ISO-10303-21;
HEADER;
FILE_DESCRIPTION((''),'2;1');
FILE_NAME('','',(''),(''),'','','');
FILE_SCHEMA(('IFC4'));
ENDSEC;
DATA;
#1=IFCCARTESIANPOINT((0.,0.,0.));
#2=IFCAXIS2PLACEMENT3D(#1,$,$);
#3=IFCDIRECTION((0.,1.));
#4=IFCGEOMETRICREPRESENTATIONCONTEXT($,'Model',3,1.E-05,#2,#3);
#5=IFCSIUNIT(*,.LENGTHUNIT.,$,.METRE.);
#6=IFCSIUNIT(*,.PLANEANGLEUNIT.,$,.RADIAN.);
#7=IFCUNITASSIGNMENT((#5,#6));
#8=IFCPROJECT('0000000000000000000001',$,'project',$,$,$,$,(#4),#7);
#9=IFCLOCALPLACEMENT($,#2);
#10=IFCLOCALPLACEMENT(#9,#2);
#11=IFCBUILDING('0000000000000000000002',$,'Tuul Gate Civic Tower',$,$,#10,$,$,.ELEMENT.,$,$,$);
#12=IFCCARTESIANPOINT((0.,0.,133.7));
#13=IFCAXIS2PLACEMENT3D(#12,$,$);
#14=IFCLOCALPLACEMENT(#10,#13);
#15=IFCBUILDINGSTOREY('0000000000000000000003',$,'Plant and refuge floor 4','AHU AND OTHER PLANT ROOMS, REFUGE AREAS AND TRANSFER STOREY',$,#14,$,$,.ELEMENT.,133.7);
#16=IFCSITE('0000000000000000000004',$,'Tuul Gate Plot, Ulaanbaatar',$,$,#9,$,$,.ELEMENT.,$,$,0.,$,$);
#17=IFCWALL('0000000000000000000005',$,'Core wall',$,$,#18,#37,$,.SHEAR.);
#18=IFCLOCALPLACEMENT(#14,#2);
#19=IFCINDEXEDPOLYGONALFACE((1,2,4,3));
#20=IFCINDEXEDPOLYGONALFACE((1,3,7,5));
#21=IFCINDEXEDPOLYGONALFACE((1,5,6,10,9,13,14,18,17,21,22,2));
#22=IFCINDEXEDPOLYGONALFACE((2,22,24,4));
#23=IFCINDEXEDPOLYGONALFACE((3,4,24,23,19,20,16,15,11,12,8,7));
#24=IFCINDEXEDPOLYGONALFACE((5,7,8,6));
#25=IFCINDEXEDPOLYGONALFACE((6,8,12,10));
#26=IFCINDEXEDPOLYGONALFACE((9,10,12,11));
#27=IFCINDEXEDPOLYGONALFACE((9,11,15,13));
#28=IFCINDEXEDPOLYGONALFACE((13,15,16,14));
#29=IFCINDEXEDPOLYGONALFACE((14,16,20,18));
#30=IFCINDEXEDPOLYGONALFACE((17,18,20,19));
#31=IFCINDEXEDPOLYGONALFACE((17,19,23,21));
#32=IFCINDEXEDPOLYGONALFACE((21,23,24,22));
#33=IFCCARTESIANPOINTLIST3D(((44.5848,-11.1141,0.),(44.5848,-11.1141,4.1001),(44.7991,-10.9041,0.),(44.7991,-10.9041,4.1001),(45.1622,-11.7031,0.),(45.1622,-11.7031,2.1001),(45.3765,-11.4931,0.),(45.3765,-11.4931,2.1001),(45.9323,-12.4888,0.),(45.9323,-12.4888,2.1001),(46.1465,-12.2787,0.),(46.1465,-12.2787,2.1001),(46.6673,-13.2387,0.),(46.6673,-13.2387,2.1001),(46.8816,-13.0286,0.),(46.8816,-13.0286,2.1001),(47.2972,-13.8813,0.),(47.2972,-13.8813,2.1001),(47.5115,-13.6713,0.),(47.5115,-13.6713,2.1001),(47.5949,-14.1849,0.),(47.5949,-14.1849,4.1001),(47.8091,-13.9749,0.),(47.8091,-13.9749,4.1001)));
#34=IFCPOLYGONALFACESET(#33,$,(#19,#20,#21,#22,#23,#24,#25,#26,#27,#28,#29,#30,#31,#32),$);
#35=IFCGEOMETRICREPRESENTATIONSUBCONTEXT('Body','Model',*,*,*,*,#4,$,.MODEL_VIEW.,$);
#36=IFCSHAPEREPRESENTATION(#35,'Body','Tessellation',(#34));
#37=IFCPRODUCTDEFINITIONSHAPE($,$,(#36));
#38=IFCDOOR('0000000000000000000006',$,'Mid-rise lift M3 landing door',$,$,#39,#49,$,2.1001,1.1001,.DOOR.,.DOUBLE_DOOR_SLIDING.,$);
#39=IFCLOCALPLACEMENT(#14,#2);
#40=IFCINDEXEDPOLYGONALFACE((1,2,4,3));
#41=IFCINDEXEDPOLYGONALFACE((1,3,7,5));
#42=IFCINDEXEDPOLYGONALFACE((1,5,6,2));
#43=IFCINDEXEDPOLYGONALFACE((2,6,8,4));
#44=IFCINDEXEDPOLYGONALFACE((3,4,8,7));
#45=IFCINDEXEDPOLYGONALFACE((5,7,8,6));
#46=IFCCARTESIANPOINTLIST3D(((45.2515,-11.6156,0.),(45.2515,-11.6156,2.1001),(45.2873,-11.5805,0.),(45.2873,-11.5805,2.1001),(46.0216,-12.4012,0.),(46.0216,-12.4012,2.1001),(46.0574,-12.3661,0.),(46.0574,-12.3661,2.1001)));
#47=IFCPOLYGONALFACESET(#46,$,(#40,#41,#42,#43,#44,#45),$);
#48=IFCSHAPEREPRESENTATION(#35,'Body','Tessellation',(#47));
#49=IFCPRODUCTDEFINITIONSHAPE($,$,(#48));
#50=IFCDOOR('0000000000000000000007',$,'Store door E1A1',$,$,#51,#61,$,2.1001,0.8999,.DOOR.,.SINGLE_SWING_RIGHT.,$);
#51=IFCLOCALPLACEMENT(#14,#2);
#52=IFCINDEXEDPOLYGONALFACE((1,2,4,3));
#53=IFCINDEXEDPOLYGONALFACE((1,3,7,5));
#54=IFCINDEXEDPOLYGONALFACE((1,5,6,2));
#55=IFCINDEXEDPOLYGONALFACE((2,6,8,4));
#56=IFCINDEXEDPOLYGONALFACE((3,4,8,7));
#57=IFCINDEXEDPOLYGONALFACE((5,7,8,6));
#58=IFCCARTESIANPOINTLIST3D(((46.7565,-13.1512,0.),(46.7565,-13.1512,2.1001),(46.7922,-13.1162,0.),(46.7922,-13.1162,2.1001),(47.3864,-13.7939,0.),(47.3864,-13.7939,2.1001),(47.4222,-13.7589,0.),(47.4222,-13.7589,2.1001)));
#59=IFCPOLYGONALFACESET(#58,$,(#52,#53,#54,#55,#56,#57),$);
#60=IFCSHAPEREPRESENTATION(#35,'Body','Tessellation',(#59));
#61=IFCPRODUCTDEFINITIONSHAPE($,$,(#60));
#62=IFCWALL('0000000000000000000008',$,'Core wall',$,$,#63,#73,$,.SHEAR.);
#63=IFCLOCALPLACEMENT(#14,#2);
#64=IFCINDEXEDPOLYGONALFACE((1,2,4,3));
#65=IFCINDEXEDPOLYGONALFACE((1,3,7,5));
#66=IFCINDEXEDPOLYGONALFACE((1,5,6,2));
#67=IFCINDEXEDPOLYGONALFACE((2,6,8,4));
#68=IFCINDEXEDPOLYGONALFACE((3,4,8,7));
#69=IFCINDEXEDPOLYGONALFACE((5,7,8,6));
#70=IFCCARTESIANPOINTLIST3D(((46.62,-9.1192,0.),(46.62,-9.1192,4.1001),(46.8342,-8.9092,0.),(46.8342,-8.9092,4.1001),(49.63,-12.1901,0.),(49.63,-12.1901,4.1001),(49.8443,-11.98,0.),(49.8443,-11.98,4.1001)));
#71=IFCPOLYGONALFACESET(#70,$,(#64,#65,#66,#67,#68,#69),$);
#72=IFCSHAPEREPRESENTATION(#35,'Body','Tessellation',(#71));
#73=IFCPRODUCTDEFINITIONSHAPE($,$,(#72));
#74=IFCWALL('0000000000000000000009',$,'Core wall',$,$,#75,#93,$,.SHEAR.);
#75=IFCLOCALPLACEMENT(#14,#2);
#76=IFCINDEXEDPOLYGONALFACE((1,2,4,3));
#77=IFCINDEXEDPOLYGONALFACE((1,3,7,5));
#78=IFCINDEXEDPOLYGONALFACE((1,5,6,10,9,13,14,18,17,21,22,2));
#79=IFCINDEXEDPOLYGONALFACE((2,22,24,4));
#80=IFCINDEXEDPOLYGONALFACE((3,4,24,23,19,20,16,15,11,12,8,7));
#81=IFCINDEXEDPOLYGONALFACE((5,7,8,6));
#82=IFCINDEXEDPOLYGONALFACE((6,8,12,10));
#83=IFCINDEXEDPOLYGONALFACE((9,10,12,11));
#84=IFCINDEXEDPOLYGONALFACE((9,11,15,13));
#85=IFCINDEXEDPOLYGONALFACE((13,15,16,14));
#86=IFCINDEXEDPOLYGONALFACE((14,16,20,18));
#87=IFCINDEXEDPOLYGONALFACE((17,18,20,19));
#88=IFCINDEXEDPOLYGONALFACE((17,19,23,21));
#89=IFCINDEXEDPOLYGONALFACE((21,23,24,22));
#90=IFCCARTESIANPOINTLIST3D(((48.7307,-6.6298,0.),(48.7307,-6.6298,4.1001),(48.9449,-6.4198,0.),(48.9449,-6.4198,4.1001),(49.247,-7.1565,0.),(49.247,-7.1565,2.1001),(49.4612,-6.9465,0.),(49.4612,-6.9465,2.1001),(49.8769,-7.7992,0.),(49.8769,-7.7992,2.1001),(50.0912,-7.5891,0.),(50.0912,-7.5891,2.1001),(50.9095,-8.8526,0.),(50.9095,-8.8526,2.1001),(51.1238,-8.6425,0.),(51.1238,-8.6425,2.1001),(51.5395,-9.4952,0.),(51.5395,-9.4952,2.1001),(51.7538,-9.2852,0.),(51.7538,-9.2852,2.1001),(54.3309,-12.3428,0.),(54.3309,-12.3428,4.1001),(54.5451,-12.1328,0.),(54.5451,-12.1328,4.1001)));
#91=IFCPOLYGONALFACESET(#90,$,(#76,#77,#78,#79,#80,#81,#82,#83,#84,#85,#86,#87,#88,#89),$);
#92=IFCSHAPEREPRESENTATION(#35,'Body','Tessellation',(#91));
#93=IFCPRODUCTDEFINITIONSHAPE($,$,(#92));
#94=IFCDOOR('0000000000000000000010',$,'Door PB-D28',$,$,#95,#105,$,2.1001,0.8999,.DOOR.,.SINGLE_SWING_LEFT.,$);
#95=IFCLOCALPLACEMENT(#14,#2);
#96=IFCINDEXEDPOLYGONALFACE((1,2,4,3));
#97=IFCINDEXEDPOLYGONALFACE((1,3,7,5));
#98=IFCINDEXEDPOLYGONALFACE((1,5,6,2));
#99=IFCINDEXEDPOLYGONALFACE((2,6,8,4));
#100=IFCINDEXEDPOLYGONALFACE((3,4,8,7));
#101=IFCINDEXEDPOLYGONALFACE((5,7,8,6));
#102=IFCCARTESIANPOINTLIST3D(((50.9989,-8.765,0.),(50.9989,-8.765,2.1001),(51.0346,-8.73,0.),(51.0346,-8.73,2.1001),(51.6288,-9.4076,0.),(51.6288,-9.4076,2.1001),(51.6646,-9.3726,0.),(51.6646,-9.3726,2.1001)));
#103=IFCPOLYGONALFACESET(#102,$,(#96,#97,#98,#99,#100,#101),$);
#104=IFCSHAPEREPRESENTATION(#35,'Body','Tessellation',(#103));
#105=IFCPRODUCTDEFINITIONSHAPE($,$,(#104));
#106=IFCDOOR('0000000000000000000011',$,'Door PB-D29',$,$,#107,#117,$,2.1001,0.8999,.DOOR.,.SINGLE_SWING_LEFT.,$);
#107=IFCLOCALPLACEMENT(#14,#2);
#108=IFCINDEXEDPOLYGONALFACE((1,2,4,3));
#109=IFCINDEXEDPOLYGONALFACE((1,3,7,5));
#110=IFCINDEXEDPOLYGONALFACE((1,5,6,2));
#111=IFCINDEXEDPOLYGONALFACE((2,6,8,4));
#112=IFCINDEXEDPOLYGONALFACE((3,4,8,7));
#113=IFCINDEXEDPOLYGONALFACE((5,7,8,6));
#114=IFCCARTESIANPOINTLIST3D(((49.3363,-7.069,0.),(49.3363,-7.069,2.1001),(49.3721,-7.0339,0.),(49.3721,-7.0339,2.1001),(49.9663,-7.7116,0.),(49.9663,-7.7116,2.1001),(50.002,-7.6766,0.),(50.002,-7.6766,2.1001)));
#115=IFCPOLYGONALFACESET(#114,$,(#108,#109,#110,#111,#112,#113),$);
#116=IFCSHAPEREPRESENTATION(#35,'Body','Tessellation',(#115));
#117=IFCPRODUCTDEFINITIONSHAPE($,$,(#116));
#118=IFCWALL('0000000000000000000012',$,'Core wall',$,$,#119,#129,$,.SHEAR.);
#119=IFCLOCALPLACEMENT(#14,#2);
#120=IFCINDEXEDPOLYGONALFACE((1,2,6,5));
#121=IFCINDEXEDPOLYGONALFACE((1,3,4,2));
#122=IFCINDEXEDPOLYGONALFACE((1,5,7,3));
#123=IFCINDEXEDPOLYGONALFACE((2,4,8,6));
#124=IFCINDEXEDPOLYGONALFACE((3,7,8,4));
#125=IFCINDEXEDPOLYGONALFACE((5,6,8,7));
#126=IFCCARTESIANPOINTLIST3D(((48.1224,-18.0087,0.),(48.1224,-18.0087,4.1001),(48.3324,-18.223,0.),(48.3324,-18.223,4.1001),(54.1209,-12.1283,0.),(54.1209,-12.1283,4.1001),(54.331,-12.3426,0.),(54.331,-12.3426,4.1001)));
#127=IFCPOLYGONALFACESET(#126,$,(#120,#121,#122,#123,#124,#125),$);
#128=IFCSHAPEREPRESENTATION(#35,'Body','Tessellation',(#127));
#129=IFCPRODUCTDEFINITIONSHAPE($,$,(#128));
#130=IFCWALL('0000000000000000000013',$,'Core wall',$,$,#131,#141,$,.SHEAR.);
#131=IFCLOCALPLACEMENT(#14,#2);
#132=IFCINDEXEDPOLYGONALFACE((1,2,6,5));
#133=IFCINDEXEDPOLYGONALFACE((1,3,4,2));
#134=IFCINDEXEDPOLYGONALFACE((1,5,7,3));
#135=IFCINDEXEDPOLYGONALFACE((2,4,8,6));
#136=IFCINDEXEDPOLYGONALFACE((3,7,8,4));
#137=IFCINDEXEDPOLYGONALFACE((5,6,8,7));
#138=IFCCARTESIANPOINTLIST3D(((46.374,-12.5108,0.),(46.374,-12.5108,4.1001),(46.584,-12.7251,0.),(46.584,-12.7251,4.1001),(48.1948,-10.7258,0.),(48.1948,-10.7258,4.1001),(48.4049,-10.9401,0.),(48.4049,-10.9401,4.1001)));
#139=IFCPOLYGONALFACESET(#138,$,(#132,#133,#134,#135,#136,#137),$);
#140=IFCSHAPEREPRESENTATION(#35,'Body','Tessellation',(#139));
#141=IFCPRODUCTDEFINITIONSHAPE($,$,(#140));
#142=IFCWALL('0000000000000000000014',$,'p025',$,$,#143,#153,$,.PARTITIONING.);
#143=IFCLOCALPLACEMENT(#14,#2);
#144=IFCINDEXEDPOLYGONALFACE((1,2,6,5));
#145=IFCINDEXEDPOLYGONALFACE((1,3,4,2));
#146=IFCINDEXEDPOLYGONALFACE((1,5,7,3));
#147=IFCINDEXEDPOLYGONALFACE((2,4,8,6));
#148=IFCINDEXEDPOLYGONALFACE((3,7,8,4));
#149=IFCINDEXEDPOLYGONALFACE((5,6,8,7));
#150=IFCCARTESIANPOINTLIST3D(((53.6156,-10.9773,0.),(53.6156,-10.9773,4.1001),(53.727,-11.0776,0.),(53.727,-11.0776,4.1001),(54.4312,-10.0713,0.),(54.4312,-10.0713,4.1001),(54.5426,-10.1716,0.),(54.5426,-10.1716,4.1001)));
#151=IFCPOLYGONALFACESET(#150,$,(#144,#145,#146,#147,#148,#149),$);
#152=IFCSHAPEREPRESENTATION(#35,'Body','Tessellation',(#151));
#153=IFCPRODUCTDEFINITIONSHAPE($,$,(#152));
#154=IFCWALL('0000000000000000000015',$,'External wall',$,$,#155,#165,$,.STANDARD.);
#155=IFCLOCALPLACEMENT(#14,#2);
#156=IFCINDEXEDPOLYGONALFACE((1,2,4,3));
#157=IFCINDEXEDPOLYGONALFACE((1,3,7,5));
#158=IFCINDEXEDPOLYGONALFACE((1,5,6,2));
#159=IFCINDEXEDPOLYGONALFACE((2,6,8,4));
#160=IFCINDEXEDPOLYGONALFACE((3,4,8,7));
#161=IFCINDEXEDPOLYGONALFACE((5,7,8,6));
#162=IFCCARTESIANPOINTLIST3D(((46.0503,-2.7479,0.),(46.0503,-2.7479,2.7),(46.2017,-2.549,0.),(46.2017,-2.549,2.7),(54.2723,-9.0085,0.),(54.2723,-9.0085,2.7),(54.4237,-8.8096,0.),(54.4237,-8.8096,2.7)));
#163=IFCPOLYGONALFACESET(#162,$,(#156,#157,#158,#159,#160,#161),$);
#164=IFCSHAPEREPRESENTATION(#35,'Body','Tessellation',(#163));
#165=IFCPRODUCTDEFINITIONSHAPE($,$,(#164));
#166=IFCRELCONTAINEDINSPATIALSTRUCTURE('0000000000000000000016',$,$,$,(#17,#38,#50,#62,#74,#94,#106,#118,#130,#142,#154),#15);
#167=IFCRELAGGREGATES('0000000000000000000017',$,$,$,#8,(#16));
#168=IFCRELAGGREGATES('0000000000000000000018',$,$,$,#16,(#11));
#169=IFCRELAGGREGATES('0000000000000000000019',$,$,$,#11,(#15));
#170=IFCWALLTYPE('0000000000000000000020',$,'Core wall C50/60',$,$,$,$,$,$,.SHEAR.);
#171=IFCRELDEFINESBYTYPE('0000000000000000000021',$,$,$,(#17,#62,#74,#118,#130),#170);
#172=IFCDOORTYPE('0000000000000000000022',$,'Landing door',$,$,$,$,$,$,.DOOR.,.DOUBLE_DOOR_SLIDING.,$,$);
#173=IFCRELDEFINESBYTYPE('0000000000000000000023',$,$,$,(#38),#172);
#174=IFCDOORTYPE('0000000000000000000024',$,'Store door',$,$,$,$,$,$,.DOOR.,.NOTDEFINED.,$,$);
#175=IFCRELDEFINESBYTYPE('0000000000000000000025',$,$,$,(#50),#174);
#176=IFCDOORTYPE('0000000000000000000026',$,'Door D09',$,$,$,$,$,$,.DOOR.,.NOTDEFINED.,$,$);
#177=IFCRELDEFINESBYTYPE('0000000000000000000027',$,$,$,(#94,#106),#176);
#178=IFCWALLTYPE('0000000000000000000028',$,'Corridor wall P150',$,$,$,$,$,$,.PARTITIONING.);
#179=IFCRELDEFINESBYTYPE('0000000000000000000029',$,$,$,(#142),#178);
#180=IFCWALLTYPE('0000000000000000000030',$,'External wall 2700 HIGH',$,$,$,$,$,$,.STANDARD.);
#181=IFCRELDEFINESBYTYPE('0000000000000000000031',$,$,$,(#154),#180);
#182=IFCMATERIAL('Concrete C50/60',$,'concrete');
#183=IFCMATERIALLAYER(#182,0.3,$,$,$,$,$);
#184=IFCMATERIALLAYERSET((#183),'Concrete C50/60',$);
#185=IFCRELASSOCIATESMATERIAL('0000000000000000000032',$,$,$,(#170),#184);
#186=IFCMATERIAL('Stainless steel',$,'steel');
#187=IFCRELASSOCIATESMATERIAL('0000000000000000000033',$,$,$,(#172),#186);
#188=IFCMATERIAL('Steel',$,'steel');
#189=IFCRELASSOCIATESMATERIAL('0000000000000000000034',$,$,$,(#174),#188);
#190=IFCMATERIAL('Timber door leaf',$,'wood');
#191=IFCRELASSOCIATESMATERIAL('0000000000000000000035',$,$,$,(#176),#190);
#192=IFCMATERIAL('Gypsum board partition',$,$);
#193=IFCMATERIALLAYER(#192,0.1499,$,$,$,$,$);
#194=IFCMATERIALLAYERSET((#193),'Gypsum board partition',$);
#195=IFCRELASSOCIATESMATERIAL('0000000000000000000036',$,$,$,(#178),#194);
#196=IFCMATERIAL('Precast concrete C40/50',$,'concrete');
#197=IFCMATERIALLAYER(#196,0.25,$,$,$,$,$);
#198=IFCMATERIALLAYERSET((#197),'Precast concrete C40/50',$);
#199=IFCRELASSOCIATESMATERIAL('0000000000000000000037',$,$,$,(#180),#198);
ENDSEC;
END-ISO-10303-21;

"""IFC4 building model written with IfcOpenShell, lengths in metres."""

from ifc_helpers import new_model, si_unit, direction, frame, frame_2d, origin, place, context, subcontext, project, spatial, rectangle, extrude, material, layer, layer_set, type_object, element, fill, save


model = new_model("IFC4")

# Units and contexts
model_context = context("Model", 3, precision=1e-05, world=origin(), true_north=direction((0.0, 1.0)))
body_context = subcontext(model_context, "Body", "Model", "MODEL_VIEW")
ifc_project = project(units=[si_unit("LENGTHUNIT", "METRE"), si_unit("PLANEANGLEUNIT", "RADIAN")], contexts=[model_context])

# Site, building, storey
site_placement = place(None, origin())
site = spatial("IfcSite", under=ifc_project, at=site_placement, Name="Tuul Gate Plot, Ulaanbaatar", CompositionType="ELEMENT", RefElevation=0.0)
building_placement = place(site_placement, origin())
building = spatial("IfcBuilding", under=site, at=building_placement, Name="Tuul Gate Civic Tower", CompositionType="ELEMENT")
storey_placement = place(building_placement, frame((0.0, 0.0, 133.7)))
storey = spatial("IfcBuildingStorey", under=building, at=storey_placement, Name="Plant and refuge floor 4", Description="AHU AND OTHER PLANT ROOMS, REFUGE AREAS AND TRANSFER STOREY", CompositionType="ELEMENT", Elevation=133.7)

# Shared definitions
ifc_material_1 = material(Name="Concrete C50/60", Category="concrete")
ifc_layer_1 = layer(ifc_material_1, 0.3)
ifc_layer_set_1 = layer_set([ifc_layer_1], Name="Concrete C50/60")
wall_type_1 = type_object("IfcWallType", Name="Core wall C50/60", PredefinedType="SHEAR", material=ifc_layer_set_1)

# Wall, openings, doors
wall_1_placement = place(storey_placement, frame((47.7019, -14.0798, 0.0), z_axis=(0.0, 0.0, 1.0), x_axis=(-0.700003, 0.71414, 0.0)))
wall_1 = element("IfcWall", 1, at=wall_1_placement, inside=storey, type_object=wall_type_1, Name="Core wall", PredefinedType="SHEAR", context=body_context, shape_type="SweptSolid", body=[
    extrude(rectangle(XDim=4.3, YDim=0.3, at=frame_2d((2.1499, 0.0))), origin(), (0.0, 0.0, 1.0), 4.1001),
])
opening_1_placement = place(wall_1_placement, frame((0.425, 0.0, 0.0)))
opening_1 = element("IfcOpeningElement", 2, at=opening_1_placement, cuts=wall_1, PredefinedType="OPENING", context=body_context, shape_type="SweptSolid", body=[
    extrude(rectangle(XDim=0.8999, YDim=2.1001, at=frame_2d((0.45, 1.05))), frame((0.0, 0.1602, 0.0), z_axis=(0.0, -1.0, 0.0), x_axis=(1.0, 0.0, 0.0)), (0.0, 0.0, 1.0), 0.3201),
])
opening_2_placement = place(wall_1_placement, frame((2.375, 0.0, 0.0)))
opening_2 = element("IfcOpeningElement", 3, at=opening_2_placement, cuts=wall_1, PredefinedType="OPENING", context=body_context, shape_type="SweptSolid", body=[
    extrude(rectangle(XDim=1.1001, YDim=2.1001, at=frame_2d((0.55, 1.05))), frame((0.0, 0.1602, 0.0), z_axis=(0.0, -1.0, 0.0), x_axis=(1.0, 0.0, 0.0)), (0.0, 0.0, 1.0), 0.3201),
])
ifc_material_2 = material(Name="Stainless steel", Category="steel")
door_type_1 = type_object("IfcDoorType", Name="Landing door", OperationType="DOUBLE_DOOR_SLIDING", PredefinedType="DOOR", material=ifc_material_2)
door_1_placement = place(opening_2_placement, origin())
door_1 = element("IfcDoor", 4, at=door_1_placement, inside=storey, type_object=door_type_1, Name="Mid-rise lift M3 landing door", OperationType="DOUBLE_DOOR_SLIDING", OverallHeight=2.1001, OverallWidth=1.1001, PredefinedType="DOOR", context=body_context, shape_type="SweptSolid", body=[
    extrude(rectangle(XDim=1.1001, YDim=2.1001, at=frame_2d((0.55, 1.05))), frame((0.0, 0.0249, 0.0), z_axis=(0.0, -1.0, 0.0), x_axis=(1.0, 0.0, 0.0)), (0.0, 0.0, 1.0), 0.05),
])
fill(opening_2, door_1)
ifc_material_3 = material(Name="Steel", Category="steel")
door_type_2 = type_object("IfcDoorType", Name="Store door", OperationType="NOTDEFINED", PredefinedType="DOOR", material=ifc_material_3)
door_2_placement = place(opening_1_placement, frame((0.8999, 0.0, 0.0), z_axis=(0.0, 0.0, 1.0), x_axis=(-1.0, 0.0, 0.0)))
door_2 = element("IfcDoor", 5, at=door_2_placement, inside=storey, type_object=door_type_2, Name="Store door E1A1", OperationType="SINGLE_SWING_RIGHT", OverallHeight=2.1001, OverallWidth=0.8999, PredefinedType="DOOR", context=body_context, shape_type="SweptSolid", body=[
    extrude(rectangle(XDim=0.8999, YDim=2.1001, at=frame_2d((0.45, 1.05))), frame((0.0, 0.0249, 0.0), z_axis=(0.0, -1.0, 0.0), x_axis=(1.0, 0.0, 0.0)), (0.0, 0.0, 1.0), 0.05),
])
fill(opening_1, door_2)

# Wall
wall_2_placement = place(storey_placement, frame((49.7371, -12.085, 0.0), z_axis=(0.0, 0.0, 1.0), x_axis=(-0.700003, 0.71414, 0.0)))
element("IfcWall", 6, at=wall_2_placement, inside=storey, type_object=wall_type_1, Name="Core wall", PredefinedType="SHEAR", context=body_context, shape_type="SweptSolid", body=[
    extrude(rectangle(XDim=4.3, YDim=0.3, at=frame_2d((2.1499, 0.0))), origin(), (0.0, 0.0, 1.0), 4.1001),
])

# Wall, openings, doors
wall_3_placement = place(storey_placement, frame((54.438, -12.2378, 0.0), z_axis=(0.0, 0.0, 1.0), x_axis=(-0.700022, 0.714121, 0.0)))
wall_3 = element("IfcWall", 7, at=wall_3_placement, inside=storey, type_object=wall_type_1, Name="Core wall", PredefinedType="SHEAR", context=body_context, shape_type="SweptSolid", body=[
    extrude(rectangle(XDim=8.0, YDim=0.3, at=frame_2d((4.0, 0.0))), origin(), (0.0, 0.0, 1.0), 4.1001),
])
opening_3_placement = place(wall_3_placement, frame((3.9875, 0.0, 0.0)))
opening_3 = element("IfcOpeningElement", 8, at=opening_3_placement, cuts=wall_3, PredefinedType="OPENING", context=body_context, shape_type="SweptSolid", body=[
    extrude(rectangle(XDim=0.8999, YDim=2.1001, at=frame_2d((0.45, 1.05))), frame((0.0, 0.1602, 0.0), z_axis=(0.0, -1.0, 0.0), x_axis=(1.0, 0.0, 0.0)), (0.0, 0.0, 1.0), 0.3201),
])
opening_4_placement = place(wall_3_placement, frame((6.3625, 0.0, 0.0)))
opening_4 = element("IfcOpeningElement", 9, at=opening_4_placement, cuts=wall_3, PredefinedType="OPENING", context=body_context, shape_type="SweptSolid", body=[
    extrude(rectangle(XDim=0.8999, YDim=2.1001, at=frame_2d((0.45, 1.05))), frame((0.0, 0.1602, 0.0), z_axis=(0.0, -1.0, 0.0), x_axis=(1.0, 0.0, 0.0)), (0.0, 0.0, 1.0), 0.3201),
])
ifc_material_4 = material(Name="Timber door leaf", Category="wood")
door_type_3 = type_object("IfcDoorType", Name="Door D09", OperationType="NOTDEFINED", PredefinedType="DOOR", material=ifc_material_4)
door_3_placement = place(opening_3_placement, origin())
door_3 = element("IfcDoor", 10, at=door_3_placement, inside=storey, type_object=door_type_3, Name="Door PB-D28", OperationType="SINGLE_SWING_LEFT", OverallHeight=2.1001, OverallWidth=0.8999, PredefinedType="DOOR", context=body_context, shape_type="SweptSolid", body=[
    extrude(rectangle(XDim=0.8999, YDim=2.1001, at=frame_2d((0.45, 1.05))), frame((0.0, 0.0249, 0.0), z_axis=(0.0, -1.0, 0.0), x_axis=(1.0, 0.0, 0.0)), (0.0, 0.0, 1.0), 0.05),
])
fill(opening_3, door_3)
door_4_placement = place(opening_4_placement, origin())
door_4 = element("IfcDoor", 11, at=door_4_placement, inside=storey, type_object=door_type_3, Name="Door PB-D29", OperationType="SINGLE_SWING_LEFT", OverallHeight=2.1001, OverallWidth=0.8999, PredefinedType="DOOR", context=body_context, shape_type="SweptSolid", body=[
    extrude(rectangle(XDim=0.8999, YDim=2.1001, at=frame_2d((0.45, 1.05))), frame((0.0, 0.0249, 0.0), z_axis=(0.0, -1.0, 0.0), x_axis=(1.0, 0.0, 0.0)), (0.0, 0.0, 1.0), 0.05),
])
fill(opening_4, door_4)

# Walls
wall_4_placement = place(storey_placement, frame((48.2273, -18.116, 0.0), z_axis=(0.0, 0.0, 1.0), x_axis=(0.714105, 0.700038, 0.0)))
element("IfcWall", 12, at=wall_4_placement, inside=storey, type_object=wall_type_1, Name="Core wall", PredefinedType="SHEAR", context=body_context, shape_type="SweptSolid", body=[
    extrude(rectangle(XDim=8.4001, YDim=0.3, at=frame_2d((4.2002, 0.0))), origin(), (0.0, 0.0, 1.0), 4.1001),
])
wall_5_placement = place(storey_placement, frame((46.479, -12.6179, 0.0), z_axis=(0.0, 0.0, 1.0), x_axis=(0.714109, 0.700034, 0.0)))
element("IfcWall", 13, at=wall_5_placement, inside=storey, type_object=wall_type_1, Name="Core wall", PredefinedType="SHEAR", context=body_context, shape_type="SweptSolid", body=[
    extrude(rectangle(XDim=2.5498, YDim=0.3, at=frame_2d((1.2749, 0.0))), origin(), (0.0, 0.0, 1.0), 4.1001),
])
ifc_material_5 = material(Name="Gypsum board partition")
ifc_layer_2 = layer(ifc_material_5, 0.1499)
ifc_layer_set_2 = layer_set([ifc_layer_2], Name="Gypsum board partition")
wall_type_2 = type_object("IfcWallType", Name="Corridor wall P150", PredefinedType="PARTITIONING", material=ifc_layer_set_2)
wall_6_placement = place(storey_placement, frame((53.6714, -11.0273, 0.0), z_axis=(0.0, 0.0, 1.0), x_axis=(0.669086, 0.743185, 0.0)))
element("IfcWall", 14, at=wall_6_placement, inside=storey, type_object=wall_type_2, Name="p025", PredefinedType="PARTITIONING", context=body_context, shape_type="SweptSolid", body=[
    extrude(rectangle(XDim=1.219, YDim=0.1499, at=frame_2d((0.6094, 0.0))), origin(), (0.0, 0.0, 1.0), 4.1001),
])
ifc_material_6 = material(Name="Precast concrete C40/50", Category="concrete")
ifc_layer_3 = layer(ifc_material_6, 0.25)
ifc_layer_set_3 = layer_set([ifc_layer_3], Name="Precast concrete C40/50")
wall_type_3 = type_object("IfcWallType", Name="External wall 2700 HIGH", PredefinedType="STANDARD", material=ifc_layer_set_3)
wall_7_placement = place(storey_placement, frame((54.3479, -8.9089, 0.0), z_axis=(0.0, 0.0, 1.0), x_axis=(-0.79561, 0.605809, 0.0)))
element("IfcWall", 15, at=wall_7_placement, inside=storey, type_object=wall_type_3, Name="External wall", PredefinedType="STANDARD", context=body_context, shape_type="SweptSolid", body=[
    extrude(rectangle(XDim=10.3342, YDim=0.25, at=frame_2d((5.167, 0.0))), origin(), (0.0, 0.0, 1.0), 2.7),
])

save(model, "model.ifc")
